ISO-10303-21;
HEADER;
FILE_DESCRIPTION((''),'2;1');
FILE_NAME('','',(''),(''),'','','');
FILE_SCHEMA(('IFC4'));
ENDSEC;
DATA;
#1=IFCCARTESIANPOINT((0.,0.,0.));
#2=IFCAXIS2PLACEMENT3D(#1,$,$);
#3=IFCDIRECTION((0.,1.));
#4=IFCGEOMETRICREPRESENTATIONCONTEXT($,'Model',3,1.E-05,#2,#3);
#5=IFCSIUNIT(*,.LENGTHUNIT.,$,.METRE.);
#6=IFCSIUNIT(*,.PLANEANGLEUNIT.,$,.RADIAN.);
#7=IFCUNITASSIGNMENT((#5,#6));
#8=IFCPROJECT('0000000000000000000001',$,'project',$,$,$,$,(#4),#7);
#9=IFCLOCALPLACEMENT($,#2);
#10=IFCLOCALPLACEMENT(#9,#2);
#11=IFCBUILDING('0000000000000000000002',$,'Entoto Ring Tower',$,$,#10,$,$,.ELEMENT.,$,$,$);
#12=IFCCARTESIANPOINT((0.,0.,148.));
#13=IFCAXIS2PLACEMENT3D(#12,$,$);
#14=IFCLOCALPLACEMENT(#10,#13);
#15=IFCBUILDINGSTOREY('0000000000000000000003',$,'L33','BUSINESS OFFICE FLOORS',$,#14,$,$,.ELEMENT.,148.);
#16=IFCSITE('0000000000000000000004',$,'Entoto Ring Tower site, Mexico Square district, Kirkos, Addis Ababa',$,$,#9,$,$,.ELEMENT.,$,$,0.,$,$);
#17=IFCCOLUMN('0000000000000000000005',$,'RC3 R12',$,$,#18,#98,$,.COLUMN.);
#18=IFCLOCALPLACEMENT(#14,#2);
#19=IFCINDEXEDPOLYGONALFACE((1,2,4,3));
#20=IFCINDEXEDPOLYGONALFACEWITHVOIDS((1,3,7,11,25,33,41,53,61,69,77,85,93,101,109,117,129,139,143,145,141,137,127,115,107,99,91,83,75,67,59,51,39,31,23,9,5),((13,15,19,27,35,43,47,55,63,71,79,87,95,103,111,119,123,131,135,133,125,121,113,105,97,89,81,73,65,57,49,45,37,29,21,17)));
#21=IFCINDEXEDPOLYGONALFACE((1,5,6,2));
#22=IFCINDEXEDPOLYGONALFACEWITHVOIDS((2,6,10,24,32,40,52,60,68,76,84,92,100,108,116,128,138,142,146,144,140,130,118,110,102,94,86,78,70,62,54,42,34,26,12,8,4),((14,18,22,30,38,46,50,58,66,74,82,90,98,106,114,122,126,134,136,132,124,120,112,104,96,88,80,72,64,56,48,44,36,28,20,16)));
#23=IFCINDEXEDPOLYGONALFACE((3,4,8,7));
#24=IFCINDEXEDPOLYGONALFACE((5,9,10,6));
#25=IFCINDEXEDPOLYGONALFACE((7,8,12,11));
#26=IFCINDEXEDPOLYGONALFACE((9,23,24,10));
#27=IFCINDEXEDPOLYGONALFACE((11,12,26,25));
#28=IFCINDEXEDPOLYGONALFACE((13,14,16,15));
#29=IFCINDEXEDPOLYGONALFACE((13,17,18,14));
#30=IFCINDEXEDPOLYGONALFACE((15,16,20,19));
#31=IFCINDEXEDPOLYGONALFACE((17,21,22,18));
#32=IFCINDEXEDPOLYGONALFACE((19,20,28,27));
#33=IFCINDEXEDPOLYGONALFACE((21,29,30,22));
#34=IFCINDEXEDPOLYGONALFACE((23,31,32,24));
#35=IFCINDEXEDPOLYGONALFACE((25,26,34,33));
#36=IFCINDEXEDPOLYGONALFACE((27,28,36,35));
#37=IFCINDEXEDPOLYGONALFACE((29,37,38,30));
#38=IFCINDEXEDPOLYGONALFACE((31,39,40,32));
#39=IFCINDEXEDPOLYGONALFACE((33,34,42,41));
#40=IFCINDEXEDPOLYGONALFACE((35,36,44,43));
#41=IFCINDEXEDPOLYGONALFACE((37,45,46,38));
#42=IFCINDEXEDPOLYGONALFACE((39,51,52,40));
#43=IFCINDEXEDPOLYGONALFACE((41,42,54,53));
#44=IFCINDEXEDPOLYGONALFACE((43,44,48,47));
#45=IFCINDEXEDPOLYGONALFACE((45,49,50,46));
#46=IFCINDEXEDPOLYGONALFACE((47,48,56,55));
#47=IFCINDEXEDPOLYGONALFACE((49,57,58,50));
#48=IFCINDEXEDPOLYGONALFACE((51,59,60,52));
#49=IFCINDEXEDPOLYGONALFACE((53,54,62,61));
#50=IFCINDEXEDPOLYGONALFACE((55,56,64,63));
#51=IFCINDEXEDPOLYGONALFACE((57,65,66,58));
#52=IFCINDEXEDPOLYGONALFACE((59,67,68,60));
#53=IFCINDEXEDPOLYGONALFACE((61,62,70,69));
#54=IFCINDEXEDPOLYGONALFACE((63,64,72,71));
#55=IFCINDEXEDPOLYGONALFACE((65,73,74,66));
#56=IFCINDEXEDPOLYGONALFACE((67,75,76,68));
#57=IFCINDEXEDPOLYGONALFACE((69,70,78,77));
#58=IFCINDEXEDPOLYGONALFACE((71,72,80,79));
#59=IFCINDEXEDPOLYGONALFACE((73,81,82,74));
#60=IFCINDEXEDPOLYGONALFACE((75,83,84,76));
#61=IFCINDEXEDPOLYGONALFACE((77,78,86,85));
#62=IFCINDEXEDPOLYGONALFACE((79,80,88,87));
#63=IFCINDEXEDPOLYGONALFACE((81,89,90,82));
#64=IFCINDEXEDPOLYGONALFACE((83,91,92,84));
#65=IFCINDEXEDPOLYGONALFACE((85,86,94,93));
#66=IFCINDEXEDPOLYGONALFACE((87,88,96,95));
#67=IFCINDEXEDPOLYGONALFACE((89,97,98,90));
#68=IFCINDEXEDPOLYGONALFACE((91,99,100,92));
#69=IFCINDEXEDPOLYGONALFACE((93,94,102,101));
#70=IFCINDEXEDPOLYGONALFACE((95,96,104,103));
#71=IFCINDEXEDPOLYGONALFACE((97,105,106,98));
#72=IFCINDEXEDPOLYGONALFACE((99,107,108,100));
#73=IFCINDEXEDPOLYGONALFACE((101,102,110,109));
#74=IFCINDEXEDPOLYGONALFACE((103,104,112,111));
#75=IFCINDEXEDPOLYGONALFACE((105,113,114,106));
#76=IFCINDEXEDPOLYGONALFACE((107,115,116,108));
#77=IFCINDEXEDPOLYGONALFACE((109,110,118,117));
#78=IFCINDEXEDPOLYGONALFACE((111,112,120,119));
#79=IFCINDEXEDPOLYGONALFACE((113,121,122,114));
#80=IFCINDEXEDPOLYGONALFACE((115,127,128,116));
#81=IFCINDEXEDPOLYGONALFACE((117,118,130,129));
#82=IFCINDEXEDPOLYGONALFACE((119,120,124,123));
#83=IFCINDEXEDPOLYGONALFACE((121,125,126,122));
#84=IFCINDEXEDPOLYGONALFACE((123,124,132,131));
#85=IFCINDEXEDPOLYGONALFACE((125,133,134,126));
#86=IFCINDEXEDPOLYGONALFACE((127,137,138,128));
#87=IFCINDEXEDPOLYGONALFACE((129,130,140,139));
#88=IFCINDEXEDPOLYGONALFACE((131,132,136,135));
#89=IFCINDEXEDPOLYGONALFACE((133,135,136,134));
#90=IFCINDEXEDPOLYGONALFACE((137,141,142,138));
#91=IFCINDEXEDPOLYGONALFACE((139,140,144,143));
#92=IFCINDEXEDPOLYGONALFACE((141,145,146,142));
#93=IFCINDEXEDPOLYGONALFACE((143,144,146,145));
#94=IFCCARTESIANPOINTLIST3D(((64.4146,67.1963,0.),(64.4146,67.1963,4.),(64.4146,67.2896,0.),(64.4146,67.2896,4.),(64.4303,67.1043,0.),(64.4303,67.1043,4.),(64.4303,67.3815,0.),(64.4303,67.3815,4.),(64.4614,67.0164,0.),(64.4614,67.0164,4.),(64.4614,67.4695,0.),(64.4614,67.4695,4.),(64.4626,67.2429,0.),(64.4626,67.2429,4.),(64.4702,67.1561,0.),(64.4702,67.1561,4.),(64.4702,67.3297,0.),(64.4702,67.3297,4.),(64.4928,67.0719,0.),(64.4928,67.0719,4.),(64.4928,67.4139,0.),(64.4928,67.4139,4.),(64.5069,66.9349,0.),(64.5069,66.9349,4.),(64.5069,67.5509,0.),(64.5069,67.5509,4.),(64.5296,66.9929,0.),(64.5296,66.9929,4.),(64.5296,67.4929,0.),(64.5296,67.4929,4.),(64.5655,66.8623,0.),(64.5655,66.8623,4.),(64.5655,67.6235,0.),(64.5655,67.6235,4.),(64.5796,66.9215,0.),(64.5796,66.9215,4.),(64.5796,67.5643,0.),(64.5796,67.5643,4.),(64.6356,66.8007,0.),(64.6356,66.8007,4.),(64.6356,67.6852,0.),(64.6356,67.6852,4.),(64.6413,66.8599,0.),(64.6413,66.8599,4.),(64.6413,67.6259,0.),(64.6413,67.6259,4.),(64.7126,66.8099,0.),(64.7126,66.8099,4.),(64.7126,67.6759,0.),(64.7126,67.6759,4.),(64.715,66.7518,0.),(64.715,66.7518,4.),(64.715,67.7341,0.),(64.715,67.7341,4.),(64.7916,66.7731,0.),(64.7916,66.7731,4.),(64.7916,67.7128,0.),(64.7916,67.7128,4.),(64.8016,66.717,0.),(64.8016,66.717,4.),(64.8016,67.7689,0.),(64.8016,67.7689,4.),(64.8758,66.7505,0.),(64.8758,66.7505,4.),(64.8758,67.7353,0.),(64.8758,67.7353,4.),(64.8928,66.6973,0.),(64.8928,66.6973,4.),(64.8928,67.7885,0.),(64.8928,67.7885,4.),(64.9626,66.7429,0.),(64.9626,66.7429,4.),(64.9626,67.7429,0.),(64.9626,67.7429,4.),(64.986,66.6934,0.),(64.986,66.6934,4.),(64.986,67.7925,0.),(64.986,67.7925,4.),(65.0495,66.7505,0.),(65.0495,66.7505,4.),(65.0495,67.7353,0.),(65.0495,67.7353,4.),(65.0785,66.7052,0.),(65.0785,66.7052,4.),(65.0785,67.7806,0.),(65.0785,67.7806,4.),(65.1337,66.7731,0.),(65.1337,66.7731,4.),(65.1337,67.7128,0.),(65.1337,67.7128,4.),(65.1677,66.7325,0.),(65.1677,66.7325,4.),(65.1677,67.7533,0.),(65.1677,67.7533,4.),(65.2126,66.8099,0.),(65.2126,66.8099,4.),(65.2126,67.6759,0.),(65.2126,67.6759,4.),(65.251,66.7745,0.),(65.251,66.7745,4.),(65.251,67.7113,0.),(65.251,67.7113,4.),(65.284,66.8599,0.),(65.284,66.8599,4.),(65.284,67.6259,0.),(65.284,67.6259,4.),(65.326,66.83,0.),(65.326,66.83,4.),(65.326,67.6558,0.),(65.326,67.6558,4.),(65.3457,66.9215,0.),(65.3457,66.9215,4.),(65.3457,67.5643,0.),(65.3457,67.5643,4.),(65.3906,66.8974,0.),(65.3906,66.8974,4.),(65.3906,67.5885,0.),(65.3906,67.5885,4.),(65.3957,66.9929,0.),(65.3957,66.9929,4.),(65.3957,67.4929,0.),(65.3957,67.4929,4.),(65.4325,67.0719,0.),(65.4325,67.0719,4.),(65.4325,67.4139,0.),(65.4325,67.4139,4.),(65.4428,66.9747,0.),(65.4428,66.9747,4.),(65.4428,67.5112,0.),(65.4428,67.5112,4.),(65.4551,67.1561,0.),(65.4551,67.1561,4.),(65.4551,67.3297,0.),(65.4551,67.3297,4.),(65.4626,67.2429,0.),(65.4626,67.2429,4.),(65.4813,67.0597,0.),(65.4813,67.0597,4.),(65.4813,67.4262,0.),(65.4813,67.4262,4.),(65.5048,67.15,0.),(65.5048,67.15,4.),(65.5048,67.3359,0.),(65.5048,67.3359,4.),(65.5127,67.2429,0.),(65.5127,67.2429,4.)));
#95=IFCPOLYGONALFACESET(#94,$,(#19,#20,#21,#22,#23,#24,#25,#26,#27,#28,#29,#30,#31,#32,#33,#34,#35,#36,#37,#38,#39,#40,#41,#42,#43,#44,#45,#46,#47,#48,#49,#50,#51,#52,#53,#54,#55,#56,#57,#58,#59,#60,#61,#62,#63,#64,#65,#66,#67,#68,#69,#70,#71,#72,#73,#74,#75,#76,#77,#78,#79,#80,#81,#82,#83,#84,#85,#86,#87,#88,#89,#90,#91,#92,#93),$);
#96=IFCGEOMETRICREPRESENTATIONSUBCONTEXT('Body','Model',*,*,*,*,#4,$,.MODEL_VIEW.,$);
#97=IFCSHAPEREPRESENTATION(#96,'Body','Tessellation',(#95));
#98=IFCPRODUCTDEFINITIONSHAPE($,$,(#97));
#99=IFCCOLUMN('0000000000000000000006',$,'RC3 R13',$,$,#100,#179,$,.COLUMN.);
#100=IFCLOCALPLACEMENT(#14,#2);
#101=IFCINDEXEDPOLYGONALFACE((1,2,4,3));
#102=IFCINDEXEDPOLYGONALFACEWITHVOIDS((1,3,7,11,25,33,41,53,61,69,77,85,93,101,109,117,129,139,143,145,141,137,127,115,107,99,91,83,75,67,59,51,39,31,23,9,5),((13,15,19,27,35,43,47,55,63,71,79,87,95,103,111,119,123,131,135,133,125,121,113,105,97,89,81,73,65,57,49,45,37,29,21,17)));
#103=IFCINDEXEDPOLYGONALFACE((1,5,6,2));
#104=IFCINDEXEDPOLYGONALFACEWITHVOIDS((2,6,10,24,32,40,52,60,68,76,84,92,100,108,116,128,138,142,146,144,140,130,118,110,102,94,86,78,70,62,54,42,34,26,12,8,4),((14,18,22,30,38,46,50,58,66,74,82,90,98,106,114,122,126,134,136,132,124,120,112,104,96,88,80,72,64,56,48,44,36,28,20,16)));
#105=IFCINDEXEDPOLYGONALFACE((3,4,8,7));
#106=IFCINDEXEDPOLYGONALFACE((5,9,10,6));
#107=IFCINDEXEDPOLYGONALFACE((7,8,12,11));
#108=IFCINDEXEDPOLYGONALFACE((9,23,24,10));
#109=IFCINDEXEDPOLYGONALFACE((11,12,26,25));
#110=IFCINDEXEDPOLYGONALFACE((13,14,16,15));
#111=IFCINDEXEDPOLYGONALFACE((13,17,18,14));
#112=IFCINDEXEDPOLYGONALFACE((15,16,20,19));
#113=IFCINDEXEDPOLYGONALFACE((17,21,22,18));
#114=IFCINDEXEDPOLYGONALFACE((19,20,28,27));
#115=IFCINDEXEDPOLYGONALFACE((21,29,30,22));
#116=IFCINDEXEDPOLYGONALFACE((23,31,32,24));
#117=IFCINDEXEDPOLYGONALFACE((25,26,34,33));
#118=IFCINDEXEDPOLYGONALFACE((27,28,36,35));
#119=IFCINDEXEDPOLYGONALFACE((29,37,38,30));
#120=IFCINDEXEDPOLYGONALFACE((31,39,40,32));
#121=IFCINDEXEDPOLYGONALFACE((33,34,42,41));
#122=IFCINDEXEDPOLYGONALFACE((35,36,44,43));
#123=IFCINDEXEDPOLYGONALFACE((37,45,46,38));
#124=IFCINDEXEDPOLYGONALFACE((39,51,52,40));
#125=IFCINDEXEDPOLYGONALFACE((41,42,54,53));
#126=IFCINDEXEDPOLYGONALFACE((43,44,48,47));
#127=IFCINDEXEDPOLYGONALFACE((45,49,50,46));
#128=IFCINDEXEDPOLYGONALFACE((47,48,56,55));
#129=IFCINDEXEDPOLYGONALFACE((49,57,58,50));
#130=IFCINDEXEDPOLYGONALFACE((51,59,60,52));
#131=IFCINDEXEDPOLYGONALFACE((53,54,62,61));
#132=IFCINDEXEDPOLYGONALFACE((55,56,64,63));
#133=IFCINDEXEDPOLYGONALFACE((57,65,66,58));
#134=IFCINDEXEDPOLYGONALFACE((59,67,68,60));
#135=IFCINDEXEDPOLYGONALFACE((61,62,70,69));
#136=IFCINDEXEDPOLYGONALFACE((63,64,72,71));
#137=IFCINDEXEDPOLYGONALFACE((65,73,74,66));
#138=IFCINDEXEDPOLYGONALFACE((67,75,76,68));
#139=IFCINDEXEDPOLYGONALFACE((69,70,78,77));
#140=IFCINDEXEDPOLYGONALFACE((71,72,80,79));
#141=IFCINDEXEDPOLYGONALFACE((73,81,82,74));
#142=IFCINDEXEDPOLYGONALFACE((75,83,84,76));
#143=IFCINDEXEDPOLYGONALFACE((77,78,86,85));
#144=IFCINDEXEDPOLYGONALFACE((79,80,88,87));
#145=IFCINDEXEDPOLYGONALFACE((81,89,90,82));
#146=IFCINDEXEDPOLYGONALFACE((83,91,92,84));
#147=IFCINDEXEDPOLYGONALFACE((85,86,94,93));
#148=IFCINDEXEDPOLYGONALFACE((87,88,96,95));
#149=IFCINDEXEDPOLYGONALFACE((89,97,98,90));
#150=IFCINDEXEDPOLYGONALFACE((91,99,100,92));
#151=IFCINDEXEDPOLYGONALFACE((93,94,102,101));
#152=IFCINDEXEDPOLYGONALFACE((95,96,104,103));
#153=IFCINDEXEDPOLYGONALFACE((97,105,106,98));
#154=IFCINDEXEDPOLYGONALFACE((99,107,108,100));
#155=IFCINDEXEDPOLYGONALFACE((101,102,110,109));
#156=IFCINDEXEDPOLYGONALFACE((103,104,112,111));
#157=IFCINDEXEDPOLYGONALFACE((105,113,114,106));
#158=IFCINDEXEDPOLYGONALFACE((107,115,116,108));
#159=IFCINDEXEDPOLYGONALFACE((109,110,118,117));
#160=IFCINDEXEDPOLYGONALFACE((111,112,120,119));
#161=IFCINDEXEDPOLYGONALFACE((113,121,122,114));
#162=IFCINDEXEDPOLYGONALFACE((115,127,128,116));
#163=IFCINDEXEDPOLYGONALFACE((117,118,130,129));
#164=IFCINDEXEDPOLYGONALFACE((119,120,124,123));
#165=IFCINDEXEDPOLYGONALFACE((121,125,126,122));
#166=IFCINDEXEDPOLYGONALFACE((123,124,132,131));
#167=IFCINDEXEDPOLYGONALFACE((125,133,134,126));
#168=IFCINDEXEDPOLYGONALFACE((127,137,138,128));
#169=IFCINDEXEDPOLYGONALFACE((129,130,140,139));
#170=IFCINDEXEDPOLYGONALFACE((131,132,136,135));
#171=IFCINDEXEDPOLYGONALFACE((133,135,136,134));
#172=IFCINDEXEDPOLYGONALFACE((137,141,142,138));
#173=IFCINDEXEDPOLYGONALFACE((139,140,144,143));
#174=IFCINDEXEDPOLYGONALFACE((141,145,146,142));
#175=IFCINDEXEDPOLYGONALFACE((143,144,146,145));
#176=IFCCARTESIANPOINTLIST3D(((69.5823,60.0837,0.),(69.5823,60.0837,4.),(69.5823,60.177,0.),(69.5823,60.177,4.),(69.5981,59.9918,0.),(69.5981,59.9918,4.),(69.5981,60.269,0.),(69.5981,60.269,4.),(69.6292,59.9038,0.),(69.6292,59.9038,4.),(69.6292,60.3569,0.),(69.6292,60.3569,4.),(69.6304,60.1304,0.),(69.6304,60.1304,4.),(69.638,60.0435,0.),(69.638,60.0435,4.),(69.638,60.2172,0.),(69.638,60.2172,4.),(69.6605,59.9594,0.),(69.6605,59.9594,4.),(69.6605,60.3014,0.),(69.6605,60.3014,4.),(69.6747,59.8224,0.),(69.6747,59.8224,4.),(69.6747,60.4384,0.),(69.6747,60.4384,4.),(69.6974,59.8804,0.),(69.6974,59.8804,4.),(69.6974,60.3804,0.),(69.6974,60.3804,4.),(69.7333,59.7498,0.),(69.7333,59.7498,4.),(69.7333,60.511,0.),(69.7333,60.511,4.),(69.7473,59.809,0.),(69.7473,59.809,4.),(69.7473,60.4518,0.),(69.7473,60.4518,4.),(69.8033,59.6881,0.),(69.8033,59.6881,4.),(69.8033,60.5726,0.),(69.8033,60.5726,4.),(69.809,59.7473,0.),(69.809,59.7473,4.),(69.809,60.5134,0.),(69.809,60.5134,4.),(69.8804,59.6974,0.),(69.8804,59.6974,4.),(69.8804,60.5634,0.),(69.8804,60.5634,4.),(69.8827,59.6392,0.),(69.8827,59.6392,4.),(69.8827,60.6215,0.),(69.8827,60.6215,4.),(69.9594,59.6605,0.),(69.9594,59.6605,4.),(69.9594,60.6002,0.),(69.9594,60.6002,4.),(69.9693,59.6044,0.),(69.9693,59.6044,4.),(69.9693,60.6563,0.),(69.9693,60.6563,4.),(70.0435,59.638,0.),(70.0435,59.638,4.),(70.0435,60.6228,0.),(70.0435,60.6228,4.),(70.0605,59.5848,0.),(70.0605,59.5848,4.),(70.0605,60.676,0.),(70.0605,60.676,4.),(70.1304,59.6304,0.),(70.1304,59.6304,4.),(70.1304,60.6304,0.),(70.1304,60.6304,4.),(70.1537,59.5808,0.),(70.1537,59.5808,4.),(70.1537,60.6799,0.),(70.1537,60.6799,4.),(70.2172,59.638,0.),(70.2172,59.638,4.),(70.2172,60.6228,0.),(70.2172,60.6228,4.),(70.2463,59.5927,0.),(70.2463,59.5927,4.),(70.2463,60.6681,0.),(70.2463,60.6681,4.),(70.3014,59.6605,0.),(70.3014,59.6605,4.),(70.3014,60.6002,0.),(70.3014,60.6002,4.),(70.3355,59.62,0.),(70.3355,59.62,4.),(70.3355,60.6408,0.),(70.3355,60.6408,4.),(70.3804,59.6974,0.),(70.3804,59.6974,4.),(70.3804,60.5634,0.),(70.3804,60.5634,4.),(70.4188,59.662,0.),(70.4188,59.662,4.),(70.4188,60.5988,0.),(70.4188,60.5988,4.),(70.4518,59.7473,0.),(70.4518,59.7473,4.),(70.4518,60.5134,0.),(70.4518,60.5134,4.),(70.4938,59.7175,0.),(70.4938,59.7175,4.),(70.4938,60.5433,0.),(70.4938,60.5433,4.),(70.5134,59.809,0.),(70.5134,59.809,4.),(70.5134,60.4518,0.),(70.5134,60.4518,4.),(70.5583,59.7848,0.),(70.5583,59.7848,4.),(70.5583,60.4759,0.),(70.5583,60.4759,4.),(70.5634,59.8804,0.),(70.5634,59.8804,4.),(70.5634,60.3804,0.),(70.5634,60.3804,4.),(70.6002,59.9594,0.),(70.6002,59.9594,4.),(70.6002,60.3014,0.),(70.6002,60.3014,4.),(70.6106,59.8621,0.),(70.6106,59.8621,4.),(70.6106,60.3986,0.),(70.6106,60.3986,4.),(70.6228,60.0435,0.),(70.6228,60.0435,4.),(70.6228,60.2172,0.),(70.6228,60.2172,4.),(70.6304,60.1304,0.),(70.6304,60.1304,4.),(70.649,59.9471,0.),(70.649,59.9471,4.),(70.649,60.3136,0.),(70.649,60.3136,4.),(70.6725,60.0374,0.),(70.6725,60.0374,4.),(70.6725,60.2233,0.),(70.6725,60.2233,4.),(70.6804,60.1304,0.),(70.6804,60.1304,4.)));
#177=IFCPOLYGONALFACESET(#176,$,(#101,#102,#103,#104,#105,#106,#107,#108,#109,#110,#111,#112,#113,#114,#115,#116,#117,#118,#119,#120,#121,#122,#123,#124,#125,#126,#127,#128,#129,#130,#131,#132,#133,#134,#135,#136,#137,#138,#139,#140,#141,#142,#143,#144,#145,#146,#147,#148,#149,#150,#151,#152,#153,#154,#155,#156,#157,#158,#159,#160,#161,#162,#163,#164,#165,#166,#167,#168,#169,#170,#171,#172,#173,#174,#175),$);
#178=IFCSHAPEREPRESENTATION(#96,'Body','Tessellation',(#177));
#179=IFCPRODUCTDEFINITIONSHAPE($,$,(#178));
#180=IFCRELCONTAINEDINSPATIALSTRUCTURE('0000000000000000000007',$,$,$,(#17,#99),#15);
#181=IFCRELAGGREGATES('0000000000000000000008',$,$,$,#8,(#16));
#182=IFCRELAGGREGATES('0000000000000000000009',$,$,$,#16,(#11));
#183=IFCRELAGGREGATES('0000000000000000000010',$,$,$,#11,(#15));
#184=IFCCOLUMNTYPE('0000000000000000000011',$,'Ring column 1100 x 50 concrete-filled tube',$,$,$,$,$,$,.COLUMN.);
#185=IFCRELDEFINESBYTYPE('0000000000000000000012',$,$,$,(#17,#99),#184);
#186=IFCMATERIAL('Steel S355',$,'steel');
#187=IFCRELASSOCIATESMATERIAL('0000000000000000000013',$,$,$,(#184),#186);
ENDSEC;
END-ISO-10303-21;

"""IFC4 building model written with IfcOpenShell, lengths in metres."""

from ifc_helpers import new_model, si_unit, direction, frame, origin, origin_2d, place, context, subcontext, project, spatial, circle, hollow_circle, extrude, material, material_profile, profile_set, type_object, element, save


model = new_model("IFC4")

# Units and contexts
model_context = context("Model", 3, precision=1e-05, world=origin(), true_north=direction((0.0, 1.0)))
body_context = subcontext(model_context, "Body", "Model", "MODEL_VIEW")
ifc_project = project(units=[si_unit("LENGTHUNIT", "METRE"), si_unit("PLANEANGLEUNIT", "RADIAN")], contexts=[model_context])

# Site, building, storey
site_placement = place(None, origin())
site = spatial("IfcSite", under=ifc_project, at=site_placement, Name="Entoto Ring Tower site, Mexico Square district, Kirkos, Addis Ababa", CompositionType="ELEMENT", RefElevation=0.0)
building_placement = place(site_placement, origin())
building = spatial("IfcBuilding", under=site, at=building_placement, Name="Entoto Ring Tower", CompositionType="ELEMENT")
storey_placement = place(building_placement, frame((0.0, 0.0, 148.0)))
storey = spatial("IfcBuildingStorey", under=building, at=storey_placement, Name="L33", Description="BUSINESS OFFICE FLOORS", CompositionType="ELEMENT", Elevation=148.0)

# Columns
ifc_material_1 = material(Name="Steel S355", Category="steel")
ifc_material_profile_1 = material_profile(ifc_material_1, hollow_circle(Radius=0.55, WallThickness=0.05, at=origin_2d()), Name="CHS 1100 x 50")
ifc_material_2 = material(Name="Concrete C60/75", Category="concrete")
ifc_material_profile_2 = material_profile(ifc_material_2, circle(Radius=0.5, at=origin_2d()), Name="Concrete C60/75 infill")
ifc_profile_set_1 = profile_set([ifc_material_profile_1, ifc_material_profile_2], Name="Steel S355")
column_type = type_object("IfcColumnType", Name="Ring column 1100 x 50 concrete-filled tube", PredefinedType="COLUMN", material=ifc_profile_set_1)
for number, where, z_axis, x_axis, name in (
    (1, (64.9626, 67.2429, 0.0), (0.0, 0.0, 1.0), (1.0, 0.0, 0.0), "RC3 R12"),
    (2, (70.1304, 60.1304, 0.0), (0.0, 0.0, 1.0), (1.0, 0.0, 0.0), "RC3 R13"),
):
    element("IfcColumn", number, at=place(storey_placement, frame(where, z_axis=z_axis, x_axis=x_axis)), inside=storey, type_object=column_type, Name=name, PredefinedType="COLUMN", context=body_context, shape_type="SweptSolid", body=[
        extrude(hollow_circle(Radius=0.55, WallThickness=0.05, at=origin_2d()), origin(), (0.0, 0.0, 1.0), 4.0),
    ])

save(model, "model.ifc")
